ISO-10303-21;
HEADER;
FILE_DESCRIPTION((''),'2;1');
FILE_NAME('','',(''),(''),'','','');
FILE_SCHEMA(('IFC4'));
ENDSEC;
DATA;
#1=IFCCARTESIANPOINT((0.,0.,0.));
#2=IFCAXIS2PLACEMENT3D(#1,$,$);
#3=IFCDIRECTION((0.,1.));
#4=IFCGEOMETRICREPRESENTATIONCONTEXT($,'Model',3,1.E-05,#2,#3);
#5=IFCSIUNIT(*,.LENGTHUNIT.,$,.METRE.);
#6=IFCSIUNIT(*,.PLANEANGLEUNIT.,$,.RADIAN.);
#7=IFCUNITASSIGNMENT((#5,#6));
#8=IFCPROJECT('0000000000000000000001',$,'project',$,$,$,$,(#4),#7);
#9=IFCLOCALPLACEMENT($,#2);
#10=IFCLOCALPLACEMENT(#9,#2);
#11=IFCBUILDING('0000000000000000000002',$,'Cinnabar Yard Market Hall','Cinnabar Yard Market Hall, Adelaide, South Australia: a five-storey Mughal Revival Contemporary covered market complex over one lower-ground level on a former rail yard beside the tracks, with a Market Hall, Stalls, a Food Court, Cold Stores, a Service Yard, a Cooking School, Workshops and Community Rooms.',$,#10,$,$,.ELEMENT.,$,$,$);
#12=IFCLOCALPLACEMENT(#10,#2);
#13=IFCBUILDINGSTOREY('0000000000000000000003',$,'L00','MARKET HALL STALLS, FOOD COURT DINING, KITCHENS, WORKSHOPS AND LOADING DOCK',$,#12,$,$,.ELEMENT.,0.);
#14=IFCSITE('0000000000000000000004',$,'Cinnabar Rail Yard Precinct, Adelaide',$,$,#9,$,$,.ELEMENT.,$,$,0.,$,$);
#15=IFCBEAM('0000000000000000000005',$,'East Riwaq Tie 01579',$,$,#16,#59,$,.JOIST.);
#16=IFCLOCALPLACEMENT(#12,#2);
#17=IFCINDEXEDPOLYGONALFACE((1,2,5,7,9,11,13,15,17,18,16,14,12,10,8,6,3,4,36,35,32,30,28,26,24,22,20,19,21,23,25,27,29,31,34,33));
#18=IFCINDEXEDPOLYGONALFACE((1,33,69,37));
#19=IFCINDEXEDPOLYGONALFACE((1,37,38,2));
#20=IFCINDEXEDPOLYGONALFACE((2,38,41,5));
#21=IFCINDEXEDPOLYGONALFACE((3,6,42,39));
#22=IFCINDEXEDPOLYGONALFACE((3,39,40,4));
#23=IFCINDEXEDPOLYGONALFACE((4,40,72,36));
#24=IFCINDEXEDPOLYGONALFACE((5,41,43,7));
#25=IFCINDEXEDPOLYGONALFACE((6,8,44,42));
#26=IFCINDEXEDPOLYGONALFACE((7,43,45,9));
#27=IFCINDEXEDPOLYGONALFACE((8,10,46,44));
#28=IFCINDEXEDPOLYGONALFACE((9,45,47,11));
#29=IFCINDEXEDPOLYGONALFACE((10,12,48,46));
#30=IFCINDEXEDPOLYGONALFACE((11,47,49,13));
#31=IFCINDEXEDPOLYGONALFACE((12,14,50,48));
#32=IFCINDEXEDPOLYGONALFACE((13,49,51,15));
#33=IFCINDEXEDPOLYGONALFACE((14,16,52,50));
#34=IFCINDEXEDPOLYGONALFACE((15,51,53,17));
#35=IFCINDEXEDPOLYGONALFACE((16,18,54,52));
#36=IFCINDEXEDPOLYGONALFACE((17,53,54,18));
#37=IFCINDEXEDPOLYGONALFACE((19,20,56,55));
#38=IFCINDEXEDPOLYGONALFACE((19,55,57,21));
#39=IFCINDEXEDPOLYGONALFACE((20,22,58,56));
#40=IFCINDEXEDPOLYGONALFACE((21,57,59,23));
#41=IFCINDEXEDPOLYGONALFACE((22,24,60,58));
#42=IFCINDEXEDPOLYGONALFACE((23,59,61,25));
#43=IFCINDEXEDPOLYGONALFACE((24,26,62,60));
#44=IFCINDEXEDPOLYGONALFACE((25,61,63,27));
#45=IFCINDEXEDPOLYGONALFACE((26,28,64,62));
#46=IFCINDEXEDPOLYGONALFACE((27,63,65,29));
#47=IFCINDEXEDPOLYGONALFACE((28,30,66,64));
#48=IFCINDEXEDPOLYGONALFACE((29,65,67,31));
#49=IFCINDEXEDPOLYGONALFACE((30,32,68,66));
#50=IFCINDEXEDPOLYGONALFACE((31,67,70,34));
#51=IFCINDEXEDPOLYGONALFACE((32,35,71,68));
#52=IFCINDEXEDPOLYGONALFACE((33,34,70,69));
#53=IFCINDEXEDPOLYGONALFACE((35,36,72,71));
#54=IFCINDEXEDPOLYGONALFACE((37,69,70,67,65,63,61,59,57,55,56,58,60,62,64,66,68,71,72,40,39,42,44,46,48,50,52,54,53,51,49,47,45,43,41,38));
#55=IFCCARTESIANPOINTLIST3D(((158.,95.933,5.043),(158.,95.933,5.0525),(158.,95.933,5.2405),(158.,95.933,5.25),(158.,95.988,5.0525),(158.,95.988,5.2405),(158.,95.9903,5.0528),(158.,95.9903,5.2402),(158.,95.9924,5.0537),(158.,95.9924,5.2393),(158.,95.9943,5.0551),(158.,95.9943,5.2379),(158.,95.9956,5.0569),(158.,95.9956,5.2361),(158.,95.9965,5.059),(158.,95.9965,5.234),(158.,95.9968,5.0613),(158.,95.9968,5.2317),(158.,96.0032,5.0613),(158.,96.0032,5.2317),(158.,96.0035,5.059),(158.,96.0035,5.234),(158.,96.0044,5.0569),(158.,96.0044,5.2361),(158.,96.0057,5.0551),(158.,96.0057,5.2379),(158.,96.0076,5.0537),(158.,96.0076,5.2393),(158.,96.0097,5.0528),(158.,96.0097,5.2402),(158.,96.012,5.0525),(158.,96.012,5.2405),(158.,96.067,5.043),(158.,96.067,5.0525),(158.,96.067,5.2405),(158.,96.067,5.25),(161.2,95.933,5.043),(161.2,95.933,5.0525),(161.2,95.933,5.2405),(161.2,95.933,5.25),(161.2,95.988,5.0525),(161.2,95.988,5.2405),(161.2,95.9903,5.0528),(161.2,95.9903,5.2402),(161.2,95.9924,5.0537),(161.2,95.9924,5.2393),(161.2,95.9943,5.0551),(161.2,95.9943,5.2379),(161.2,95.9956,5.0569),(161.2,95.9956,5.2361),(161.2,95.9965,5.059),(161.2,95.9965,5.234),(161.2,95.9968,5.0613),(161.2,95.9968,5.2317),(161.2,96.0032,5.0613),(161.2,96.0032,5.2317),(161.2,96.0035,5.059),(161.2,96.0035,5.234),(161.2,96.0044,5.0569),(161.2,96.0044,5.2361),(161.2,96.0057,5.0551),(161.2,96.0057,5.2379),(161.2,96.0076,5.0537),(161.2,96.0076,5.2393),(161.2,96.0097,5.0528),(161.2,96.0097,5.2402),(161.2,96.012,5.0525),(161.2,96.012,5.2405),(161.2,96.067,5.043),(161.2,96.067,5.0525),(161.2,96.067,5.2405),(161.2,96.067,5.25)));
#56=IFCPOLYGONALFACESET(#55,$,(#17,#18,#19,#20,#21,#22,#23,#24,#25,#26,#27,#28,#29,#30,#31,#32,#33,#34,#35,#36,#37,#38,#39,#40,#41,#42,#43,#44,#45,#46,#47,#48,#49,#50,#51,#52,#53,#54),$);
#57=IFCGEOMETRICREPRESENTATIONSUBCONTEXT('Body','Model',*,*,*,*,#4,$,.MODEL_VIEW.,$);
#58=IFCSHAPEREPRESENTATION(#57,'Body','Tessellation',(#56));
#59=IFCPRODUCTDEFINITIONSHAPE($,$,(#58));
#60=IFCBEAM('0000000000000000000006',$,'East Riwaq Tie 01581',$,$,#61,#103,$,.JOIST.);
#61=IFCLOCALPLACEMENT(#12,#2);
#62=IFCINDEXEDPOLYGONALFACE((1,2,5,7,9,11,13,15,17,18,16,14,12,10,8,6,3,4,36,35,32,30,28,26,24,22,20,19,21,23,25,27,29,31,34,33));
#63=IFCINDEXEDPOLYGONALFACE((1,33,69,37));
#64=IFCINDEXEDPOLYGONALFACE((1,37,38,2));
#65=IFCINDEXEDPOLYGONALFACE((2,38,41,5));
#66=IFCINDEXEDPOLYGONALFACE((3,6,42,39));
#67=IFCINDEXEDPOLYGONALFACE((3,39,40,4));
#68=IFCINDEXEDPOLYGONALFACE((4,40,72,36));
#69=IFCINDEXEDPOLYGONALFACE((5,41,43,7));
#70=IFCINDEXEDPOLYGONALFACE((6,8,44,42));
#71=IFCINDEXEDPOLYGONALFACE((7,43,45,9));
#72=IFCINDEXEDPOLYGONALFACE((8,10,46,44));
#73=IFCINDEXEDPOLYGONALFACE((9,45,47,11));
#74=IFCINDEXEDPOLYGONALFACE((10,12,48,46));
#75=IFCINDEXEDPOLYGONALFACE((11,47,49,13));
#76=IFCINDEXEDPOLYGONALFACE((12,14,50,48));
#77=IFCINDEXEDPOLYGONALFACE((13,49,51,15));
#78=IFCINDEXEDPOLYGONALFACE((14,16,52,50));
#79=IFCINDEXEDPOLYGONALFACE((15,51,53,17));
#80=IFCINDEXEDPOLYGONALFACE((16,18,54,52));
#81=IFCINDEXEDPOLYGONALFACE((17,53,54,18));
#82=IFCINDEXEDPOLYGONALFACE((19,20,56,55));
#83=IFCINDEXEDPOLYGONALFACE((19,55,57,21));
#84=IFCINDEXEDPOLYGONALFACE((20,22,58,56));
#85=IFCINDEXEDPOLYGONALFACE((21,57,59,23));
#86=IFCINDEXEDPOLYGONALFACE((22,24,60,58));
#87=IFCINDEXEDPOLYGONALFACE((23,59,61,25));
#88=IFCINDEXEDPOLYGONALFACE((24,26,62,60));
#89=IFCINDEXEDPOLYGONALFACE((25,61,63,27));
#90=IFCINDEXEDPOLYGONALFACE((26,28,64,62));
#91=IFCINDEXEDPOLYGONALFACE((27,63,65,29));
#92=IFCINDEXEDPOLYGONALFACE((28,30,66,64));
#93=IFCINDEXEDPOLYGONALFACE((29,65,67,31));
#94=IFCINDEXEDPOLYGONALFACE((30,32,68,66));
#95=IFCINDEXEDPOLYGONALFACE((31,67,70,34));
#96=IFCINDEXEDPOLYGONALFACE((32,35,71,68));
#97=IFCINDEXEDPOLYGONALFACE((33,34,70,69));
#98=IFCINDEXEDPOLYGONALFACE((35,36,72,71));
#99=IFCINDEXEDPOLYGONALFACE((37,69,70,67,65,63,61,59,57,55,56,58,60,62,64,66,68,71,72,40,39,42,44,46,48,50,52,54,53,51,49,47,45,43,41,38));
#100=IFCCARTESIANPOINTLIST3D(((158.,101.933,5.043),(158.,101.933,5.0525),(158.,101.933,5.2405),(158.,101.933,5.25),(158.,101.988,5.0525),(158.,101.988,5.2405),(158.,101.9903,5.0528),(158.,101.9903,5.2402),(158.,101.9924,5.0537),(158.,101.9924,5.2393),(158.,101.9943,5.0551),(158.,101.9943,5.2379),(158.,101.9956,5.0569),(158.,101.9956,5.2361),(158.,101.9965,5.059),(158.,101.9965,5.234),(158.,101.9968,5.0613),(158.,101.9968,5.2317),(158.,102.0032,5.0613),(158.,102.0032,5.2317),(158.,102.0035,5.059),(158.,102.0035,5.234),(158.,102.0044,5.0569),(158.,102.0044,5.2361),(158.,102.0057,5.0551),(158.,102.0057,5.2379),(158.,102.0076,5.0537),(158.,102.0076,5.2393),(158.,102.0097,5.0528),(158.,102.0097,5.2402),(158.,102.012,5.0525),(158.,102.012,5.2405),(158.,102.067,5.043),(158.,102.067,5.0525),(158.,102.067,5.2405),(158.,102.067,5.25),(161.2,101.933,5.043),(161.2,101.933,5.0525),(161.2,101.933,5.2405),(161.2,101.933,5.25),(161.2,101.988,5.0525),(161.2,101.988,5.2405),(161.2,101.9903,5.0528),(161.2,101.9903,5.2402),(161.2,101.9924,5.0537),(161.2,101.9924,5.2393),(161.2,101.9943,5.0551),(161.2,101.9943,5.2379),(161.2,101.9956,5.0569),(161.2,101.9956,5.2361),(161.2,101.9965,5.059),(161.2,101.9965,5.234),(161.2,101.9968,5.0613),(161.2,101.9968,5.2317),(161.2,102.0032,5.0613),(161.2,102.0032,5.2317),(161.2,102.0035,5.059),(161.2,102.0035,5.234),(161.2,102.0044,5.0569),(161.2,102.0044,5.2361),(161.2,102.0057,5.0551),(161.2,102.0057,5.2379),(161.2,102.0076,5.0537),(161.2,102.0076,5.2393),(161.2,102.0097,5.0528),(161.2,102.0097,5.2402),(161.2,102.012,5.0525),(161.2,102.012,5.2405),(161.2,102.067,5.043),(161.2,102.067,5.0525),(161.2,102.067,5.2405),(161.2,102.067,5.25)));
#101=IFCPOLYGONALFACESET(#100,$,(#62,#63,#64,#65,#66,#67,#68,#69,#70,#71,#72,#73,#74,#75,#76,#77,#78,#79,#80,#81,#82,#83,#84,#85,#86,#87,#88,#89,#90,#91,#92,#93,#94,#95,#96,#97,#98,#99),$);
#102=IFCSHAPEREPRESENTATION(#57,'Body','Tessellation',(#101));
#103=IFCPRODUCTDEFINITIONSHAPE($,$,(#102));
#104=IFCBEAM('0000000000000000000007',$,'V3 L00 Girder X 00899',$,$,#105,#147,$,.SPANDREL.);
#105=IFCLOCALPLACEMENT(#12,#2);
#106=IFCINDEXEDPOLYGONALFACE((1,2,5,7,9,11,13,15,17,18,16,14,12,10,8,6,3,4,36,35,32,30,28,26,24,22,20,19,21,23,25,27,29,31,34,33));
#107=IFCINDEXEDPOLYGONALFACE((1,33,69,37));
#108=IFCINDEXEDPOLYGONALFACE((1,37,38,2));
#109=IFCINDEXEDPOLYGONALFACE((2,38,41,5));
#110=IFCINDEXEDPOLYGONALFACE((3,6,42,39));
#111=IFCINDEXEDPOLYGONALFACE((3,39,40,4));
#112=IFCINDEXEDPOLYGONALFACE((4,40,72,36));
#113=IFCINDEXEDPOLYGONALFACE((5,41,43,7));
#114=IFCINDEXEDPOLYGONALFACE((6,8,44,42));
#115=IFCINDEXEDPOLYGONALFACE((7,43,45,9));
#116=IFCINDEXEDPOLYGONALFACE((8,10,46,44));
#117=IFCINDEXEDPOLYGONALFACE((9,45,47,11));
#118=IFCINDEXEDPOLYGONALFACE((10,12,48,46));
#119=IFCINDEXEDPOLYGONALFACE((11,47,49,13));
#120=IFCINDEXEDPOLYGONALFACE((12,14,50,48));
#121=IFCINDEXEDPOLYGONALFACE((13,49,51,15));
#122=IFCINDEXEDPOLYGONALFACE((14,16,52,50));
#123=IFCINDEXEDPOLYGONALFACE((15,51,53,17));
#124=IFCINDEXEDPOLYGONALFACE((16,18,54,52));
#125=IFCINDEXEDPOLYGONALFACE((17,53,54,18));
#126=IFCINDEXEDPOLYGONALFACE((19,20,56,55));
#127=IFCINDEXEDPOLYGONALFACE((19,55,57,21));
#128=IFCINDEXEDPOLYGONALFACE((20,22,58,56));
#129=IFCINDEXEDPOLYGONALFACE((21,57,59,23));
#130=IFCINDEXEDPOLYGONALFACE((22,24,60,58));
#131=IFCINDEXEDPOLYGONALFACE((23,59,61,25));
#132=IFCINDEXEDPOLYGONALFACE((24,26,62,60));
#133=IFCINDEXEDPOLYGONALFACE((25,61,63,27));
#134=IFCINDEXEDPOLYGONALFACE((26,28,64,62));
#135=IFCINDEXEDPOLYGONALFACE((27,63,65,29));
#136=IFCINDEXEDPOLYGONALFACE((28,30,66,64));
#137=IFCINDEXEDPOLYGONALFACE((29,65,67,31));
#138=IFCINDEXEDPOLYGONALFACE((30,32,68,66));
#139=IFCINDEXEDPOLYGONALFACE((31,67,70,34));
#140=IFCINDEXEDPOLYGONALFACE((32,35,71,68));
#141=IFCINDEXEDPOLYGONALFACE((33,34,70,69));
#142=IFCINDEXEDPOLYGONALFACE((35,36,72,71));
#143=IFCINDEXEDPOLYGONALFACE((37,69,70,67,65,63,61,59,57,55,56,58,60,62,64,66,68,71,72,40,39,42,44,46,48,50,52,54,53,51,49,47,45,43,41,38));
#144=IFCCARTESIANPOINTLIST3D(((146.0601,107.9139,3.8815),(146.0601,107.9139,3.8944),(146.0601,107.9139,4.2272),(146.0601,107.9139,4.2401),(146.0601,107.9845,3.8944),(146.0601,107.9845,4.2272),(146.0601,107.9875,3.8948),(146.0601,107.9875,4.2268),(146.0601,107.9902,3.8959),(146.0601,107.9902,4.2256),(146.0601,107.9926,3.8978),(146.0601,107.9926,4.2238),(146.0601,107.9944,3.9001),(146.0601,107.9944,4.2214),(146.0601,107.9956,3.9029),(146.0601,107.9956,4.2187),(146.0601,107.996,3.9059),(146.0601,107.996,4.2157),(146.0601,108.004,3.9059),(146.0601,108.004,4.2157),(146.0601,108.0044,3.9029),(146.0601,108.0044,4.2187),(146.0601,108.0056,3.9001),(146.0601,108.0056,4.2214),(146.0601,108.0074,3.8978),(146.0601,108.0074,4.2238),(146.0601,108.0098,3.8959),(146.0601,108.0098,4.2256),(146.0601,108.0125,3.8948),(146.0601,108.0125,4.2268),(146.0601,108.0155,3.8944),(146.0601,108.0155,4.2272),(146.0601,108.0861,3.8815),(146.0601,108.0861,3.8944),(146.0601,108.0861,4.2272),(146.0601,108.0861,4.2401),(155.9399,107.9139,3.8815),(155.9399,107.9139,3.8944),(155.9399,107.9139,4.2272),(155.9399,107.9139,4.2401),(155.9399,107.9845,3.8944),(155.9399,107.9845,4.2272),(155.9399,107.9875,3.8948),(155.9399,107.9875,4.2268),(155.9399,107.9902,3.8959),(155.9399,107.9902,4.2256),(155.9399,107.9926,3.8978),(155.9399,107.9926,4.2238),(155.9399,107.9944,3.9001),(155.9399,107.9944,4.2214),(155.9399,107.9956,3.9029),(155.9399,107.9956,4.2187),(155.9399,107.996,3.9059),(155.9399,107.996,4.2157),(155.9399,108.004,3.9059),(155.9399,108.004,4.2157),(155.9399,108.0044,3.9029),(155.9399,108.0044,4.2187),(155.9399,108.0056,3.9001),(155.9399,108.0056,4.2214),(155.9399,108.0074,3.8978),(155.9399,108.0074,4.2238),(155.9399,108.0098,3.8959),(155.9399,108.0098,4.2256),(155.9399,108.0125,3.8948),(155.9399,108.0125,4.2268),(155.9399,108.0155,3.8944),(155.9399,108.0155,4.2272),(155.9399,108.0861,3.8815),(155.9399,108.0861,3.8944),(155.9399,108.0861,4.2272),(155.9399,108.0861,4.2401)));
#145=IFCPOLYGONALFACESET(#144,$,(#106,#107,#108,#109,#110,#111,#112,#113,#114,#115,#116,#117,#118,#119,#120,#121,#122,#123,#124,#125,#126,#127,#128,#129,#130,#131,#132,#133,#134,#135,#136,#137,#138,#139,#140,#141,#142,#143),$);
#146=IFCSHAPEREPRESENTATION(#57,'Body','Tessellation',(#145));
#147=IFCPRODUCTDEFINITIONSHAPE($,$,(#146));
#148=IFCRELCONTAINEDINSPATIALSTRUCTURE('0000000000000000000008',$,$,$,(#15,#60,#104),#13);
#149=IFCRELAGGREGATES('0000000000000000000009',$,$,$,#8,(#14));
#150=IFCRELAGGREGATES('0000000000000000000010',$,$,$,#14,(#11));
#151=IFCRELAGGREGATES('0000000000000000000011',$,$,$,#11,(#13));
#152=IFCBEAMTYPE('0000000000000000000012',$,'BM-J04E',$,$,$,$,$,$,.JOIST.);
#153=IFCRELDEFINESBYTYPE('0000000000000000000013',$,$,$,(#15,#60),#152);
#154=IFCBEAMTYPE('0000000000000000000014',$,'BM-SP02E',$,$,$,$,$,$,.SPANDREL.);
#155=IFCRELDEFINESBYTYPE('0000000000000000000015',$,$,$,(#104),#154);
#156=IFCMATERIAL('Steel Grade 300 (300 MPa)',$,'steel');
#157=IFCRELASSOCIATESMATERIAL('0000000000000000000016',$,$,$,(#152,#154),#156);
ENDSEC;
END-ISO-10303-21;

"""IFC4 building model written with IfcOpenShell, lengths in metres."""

from ifc_helpers import new_model, si_unit, direction, frame, origin, origin_2d_with_axis, place, context, subcontext, project, spatial, i_section, extrude, material, material_profile, profile_set, type_object, element, save


model = new_model("IFC4")

# Units and contexts
model_context = context("Model", 3, precision=1e-05, world=origin(), true_north=direction((0.0, 1.0)))
body_context = subcontext(model_context, "Body", "Model", "MODEL_VIEW")
ifc_project = project(units=[si_unit("LENGTHUNIT", "METRE"), si_unit("PLANEANGLEUNIT", "RADIAN")], contexts=[model_context])

# Site, building, storey
site_placement = place(None, origin())
site = spatial("IfcSite", under=ifc_project, at=site_placement, Name="Cinnabar Rail Yard Precinct, Adelaide", CompositionType="ELEMENT", RefElevation=0.0)
building_placement = place(site_placement, origin())
building = spatial("IfcBuilding", under=site, at=building_placement, Name="Cinnabar Yard Market Hall", Description="Cinnabar Yard Market Hall, Adelaide, South Australia: a five-storey Mughal Revival Contemporary covered market complex over one lower-ground level on a former rail yard beside the tracks, with a Market Hall, Stalls, a Food Court, Cold Stores, a Service Yard, a Cooking School, Workshops and Community Rooms.", CompositionType="ELEMENT")
storey_placement = place(building_placement, origin())
storey = spatial("IfcBuildingStorey", under=building, at=storey_placement, Name="L00", Description="MARKET HALL STALLS, FOOD COURT DINING, KITCHENS, WORKSHOPS AND LOADING DOCK", CompositionType="ELEMENT", Elevation=0.0)

# Shared definitions
ifc_material_1 = material(Name="Steel Grade 300 (300 MPa)", Category="steel")

# Beams
ifc_material_profile_1 = material_profile(ifc_material_1, i_section(OverallWidth=0.134, OverallDepth=0.207, WebThickness=0.0063, FlangeThickness=0.0095, FilletRadius=0.0088, at=origin_2d_with_axis()), Name="200UB29.8")
ifc_profile_set_1 = profile_set([ifc_material_profile_1], Name="Steel Grade 300 (300 MPa)")
beam_type_1 = type_object("IfcBeamType", Name="BM-J04E", PredefinedType="JOIST", material=ifc_profile_set_1)
for number, where, z_axis, x_axis, name in (
    (1, (158.0, 96.0, 5.1465), (1.0, 0.0, 0.0), (0.0, 1.0, 0.0), "East Riwaq Tie 01579"),
    (2, (158.0, 102.0, 5.1465), (1.0, 0.0, 0.0), (0.0, 1.0, 0.0), "East Riwaq Tie 01581"),
):
    element("IfcBeam", number, at=place(storey_placement, frame(where, z_axis=z_axis, x_axis=x_axis)), inside=storey, type_object=beam_type_1, Name=name, PredefinedType="JOIST", context=body_context, shape_type="SweptSolid", body=[
        extrude(i_section(OverallWidth=0.134, OverallDepth=0.207, WebThickness=0.0063, FlangeThickness=0.0095, FilletRadius=0.0088, at=origin_2d_with_axis()), origin(), (0.0, 0.0, 1.0), 3.2),
    ])
ifc_material_profile_2 = material_profile(ifc_material_1, i_section(OverallWidth=0.1721, OverallDepth=0.3586, WebThickness=0.0081, FlangeThickness=0.0129, FilletRadius=0.0115, at=origin_2d_with_axis()), Name="360UB56.7")
ifc_profile_set_2 = profile_set([ifc_material_profile_2], Name="Steel Grade 300 (300 MPa)")
beam_type_2 = type_object("IfcBeamType", Name="BM-SP02E", PredefinedType="SPANDREL", material=ifc_profile_set_2)
beam_placement = place(storey_placement, frame((146.0601, 108.0, 4.0608), z_axis=(1.0, 0.0, 0.0), x_axis=(0.0, 1.0, 0.0)))
element("IfcBeam", 3, at=beam_placement, inside=storey, type_object=beam_type_2, Name="V3 L00 Girder X 00899", PredefinedType="SPANDREL", context=body_context, shape_type="SweptSolid", body=[
    extrude(i_section(OverallWidth=0.1721, OverallDepth=0.3586, WebThickness=0.0081, FlangeThickness=0.0129, FilletRadius=0.0115, at=origin_2d_with_axis()), origin(), (0.0, 0.0, 1.0), 9.8799),
])

save(model, "model.ifc")
